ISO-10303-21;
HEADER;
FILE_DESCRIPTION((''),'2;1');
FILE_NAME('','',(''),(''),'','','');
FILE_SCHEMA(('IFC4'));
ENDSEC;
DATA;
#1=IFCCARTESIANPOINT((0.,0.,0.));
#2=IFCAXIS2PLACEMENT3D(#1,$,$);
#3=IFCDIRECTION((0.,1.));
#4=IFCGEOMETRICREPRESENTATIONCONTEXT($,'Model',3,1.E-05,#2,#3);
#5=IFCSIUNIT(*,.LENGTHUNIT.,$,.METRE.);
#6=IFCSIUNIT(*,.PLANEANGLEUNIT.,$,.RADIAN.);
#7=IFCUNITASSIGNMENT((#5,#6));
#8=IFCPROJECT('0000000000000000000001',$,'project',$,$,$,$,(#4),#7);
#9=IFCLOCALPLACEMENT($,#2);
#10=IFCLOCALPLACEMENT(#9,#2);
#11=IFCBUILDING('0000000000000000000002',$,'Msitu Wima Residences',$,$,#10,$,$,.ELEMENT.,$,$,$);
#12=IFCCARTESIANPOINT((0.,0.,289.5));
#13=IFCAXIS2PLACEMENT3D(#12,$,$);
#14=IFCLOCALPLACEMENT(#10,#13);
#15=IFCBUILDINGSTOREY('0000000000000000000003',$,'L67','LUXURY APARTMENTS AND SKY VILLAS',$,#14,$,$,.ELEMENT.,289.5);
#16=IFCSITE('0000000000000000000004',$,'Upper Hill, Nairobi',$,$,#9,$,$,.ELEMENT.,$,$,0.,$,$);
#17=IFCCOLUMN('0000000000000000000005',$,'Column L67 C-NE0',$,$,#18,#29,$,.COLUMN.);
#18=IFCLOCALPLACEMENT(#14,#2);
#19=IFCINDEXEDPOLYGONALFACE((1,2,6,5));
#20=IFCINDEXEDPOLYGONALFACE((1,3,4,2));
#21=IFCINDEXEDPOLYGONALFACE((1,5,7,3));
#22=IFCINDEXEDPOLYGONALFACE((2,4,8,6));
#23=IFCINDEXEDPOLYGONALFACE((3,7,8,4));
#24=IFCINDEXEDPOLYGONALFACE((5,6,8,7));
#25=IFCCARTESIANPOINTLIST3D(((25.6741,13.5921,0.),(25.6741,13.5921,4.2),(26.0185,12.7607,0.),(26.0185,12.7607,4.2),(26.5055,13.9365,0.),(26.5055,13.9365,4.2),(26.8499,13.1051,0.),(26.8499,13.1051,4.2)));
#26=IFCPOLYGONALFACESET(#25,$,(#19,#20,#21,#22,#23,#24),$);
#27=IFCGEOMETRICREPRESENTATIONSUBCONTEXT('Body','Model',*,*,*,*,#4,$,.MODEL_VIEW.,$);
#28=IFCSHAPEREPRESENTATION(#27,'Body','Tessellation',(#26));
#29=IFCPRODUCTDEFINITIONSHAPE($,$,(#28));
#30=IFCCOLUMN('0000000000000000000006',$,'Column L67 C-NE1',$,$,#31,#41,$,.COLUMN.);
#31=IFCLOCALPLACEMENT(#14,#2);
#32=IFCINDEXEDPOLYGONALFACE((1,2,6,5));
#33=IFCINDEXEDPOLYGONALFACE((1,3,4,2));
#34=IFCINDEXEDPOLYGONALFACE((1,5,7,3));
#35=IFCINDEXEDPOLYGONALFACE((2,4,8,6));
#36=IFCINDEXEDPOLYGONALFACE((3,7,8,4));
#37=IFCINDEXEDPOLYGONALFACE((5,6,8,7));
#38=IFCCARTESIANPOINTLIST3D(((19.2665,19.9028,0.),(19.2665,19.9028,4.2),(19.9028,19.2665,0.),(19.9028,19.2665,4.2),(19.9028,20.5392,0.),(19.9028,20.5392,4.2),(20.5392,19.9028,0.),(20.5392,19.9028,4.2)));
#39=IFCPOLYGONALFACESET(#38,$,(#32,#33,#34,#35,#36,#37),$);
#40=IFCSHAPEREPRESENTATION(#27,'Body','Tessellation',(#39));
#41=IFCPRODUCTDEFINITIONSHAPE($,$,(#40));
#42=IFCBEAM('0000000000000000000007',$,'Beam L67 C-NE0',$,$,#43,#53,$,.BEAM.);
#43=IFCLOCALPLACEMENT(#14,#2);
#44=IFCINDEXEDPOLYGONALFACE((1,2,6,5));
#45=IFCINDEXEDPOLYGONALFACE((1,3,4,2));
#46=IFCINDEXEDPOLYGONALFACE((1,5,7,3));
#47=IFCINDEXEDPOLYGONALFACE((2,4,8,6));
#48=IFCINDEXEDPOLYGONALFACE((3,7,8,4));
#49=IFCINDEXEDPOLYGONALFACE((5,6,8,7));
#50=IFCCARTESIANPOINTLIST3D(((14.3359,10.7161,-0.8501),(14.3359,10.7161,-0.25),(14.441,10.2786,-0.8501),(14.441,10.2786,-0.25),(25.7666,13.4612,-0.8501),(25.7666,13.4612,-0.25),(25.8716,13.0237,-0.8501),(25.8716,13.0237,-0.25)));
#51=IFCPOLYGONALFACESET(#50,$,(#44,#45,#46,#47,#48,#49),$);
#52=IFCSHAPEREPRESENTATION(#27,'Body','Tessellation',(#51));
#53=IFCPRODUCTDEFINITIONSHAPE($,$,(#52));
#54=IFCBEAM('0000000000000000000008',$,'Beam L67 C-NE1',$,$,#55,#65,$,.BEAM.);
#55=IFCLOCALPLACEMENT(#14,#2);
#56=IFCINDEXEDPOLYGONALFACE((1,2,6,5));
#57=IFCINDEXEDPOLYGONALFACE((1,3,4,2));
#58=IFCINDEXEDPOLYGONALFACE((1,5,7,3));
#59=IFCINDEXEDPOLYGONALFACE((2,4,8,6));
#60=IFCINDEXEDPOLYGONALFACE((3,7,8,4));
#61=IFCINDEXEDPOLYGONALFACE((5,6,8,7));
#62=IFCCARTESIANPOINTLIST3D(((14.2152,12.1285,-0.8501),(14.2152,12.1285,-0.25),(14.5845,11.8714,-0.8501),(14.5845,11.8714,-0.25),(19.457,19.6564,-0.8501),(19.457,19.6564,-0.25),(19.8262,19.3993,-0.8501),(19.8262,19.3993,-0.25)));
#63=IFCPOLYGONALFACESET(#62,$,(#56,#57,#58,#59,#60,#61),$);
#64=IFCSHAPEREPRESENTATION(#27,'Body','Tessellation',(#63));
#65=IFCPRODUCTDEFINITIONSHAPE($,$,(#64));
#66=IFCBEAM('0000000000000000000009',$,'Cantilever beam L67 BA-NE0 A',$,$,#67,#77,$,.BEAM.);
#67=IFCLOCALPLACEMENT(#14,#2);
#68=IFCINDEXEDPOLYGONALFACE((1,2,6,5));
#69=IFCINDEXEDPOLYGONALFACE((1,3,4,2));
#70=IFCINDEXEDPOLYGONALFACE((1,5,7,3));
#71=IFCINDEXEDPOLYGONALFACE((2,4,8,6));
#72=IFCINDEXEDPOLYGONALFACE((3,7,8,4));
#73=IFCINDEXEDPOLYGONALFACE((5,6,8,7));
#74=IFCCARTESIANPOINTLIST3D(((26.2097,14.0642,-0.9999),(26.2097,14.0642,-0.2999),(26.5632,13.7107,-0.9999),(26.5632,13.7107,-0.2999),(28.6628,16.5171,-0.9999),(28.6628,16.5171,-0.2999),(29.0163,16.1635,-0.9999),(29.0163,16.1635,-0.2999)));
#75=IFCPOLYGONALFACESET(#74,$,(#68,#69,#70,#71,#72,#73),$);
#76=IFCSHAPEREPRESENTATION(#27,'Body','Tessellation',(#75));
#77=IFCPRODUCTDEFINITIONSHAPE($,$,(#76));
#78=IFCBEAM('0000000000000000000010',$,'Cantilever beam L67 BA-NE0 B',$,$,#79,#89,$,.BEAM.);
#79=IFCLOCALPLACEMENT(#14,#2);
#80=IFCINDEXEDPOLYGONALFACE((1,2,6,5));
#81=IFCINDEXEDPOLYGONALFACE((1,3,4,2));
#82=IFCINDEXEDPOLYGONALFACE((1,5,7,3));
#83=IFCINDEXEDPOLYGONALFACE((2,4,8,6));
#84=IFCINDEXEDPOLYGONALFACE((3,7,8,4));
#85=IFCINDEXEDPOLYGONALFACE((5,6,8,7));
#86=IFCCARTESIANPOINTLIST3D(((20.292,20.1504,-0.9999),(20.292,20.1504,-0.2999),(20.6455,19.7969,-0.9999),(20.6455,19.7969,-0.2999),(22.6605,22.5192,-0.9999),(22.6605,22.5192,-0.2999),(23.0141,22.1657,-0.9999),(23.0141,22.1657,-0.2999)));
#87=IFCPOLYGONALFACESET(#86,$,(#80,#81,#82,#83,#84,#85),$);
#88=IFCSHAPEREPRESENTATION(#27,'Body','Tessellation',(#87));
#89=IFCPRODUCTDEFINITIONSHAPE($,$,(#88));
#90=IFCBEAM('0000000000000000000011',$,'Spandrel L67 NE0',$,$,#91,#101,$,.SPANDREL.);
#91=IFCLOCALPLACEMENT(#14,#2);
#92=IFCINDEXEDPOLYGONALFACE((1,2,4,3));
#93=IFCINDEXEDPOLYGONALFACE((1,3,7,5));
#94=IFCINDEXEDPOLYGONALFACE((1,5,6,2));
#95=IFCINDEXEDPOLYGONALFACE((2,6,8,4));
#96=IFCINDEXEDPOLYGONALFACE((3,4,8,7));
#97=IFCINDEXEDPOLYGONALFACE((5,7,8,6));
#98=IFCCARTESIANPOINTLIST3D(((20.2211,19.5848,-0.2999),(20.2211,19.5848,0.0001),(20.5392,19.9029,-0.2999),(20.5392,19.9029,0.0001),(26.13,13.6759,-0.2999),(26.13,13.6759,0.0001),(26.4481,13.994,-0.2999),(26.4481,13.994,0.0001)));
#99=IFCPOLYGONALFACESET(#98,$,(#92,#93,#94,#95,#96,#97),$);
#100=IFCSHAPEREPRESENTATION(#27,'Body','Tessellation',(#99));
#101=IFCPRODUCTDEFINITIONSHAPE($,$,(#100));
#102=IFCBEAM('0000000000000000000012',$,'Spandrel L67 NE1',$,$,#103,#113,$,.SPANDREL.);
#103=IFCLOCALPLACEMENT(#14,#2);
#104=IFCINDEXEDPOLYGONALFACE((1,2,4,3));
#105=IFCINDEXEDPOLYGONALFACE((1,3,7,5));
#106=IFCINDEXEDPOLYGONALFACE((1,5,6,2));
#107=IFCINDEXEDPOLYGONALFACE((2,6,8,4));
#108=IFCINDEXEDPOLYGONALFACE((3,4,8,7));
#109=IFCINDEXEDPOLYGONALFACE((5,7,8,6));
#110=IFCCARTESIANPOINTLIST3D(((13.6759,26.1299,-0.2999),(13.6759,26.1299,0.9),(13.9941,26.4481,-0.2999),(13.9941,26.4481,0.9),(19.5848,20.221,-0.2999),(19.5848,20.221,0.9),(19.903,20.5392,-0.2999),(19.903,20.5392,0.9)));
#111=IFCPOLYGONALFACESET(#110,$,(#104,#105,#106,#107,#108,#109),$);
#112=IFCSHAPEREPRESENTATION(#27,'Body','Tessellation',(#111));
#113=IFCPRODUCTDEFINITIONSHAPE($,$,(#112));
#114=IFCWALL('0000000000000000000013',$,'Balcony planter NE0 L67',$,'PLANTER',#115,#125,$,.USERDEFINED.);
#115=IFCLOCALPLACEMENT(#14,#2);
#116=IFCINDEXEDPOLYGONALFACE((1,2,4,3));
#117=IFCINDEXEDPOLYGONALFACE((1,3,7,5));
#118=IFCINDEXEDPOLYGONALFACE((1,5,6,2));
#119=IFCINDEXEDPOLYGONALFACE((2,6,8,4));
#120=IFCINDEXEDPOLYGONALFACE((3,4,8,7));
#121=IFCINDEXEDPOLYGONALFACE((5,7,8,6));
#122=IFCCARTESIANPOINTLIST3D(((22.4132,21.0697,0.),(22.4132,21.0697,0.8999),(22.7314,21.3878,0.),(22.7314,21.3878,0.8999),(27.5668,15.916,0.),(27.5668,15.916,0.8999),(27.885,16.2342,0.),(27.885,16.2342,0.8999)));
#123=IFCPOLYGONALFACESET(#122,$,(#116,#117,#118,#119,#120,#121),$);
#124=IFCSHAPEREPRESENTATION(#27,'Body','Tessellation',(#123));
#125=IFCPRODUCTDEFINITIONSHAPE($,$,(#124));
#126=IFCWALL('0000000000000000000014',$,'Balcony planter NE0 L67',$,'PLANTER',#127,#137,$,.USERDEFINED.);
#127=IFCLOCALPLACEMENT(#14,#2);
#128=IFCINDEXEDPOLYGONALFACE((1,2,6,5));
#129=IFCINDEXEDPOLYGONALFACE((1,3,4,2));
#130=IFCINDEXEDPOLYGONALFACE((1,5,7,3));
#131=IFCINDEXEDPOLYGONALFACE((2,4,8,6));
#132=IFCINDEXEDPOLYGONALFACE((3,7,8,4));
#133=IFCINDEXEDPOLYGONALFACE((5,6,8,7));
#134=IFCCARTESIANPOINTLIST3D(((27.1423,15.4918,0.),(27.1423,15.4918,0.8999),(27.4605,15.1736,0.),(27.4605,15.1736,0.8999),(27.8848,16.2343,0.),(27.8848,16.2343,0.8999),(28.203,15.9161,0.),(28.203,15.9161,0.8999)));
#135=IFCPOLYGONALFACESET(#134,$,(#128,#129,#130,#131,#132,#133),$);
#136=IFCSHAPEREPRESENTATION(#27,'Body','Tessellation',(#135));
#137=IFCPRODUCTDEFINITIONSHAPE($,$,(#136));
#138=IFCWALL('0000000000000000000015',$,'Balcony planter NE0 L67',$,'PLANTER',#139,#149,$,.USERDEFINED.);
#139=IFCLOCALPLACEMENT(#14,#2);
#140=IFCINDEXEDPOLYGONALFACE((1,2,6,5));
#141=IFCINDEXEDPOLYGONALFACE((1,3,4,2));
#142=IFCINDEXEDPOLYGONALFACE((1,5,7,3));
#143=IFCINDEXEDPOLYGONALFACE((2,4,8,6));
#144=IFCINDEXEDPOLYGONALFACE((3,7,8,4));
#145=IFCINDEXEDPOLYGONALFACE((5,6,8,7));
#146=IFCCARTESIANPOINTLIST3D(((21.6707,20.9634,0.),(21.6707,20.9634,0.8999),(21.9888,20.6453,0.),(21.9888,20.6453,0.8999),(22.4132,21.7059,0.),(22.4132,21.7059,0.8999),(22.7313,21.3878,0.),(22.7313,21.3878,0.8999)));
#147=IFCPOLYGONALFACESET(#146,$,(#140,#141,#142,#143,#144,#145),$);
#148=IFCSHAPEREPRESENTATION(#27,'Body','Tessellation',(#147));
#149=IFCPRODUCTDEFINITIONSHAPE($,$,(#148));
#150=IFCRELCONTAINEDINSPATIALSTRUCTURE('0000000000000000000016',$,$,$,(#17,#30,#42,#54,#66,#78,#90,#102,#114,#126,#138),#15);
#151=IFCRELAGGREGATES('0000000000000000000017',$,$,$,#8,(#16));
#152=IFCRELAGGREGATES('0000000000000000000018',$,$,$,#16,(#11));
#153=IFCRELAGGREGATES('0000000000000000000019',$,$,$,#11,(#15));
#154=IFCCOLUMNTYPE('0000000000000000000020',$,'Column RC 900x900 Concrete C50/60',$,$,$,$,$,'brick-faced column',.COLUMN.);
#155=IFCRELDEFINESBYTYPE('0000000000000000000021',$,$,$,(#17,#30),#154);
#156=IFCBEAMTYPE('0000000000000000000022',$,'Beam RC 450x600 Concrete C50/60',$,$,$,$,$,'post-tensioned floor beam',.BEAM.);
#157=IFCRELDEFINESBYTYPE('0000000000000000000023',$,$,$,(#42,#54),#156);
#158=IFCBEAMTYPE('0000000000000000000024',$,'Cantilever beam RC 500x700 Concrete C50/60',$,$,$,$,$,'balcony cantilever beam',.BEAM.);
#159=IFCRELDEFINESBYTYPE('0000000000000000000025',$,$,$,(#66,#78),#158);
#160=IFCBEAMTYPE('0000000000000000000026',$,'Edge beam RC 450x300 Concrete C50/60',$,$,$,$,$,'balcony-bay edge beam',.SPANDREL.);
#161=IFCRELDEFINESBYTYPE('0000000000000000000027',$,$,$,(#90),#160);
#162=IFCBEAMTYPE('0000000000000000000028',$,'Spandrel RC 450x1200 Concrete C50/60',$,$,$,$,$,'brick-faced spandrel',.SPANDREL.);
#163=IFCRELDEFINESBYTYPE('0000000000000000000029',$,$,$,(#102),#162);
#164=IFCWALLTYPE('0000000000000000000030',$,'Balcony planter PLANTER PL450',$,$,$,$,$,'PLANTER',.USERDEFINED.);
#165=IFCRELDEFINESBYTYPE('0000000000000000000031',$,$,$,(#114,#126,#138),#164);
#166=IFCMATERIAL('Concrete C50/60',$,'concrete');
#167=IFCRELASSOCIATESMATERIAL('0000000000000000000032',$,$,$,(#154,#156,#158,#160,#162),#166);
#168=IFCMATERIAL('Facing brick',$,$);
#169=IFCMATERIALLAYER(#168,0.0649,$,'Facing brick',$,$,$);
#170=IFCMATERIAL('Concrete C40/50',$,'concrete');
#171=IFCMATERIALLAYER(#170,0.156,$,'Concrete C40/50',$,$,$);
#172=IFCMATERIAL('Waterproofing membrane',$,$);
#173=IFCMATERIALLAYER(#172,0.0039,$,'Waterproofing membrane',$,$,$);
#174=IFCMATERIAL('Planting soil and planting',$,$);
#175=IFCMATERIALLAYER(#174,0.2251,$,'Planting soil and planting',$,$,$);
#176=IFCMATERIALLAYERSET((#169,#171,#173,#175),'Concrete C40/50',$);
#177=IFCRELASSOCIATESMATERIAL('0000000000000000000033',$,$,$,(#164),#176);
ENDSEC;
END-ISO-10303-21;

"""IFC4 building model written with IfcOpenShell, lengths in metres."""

from ifc_helpers import new_model, si_unit, direction, frame, frame_2d, origin, origin_2d, place, context, subcontext, project, spatial, rectangle, extrude, material, layer, layer_set, material_profile, profile_set, type_object, element, save


model = new_model("IFC4")

# Units and contexts
model_context = context("Model", 3, precision=1e-05, world=origin(), true_north=direction((0.0, 1.0)))
body_context = subcontext(model_context, "Body", "Model", "MODEL_VIEW")
ifc_project = project(units=[si_unit("LENGTHUNIT", "METRE"), si_unit("PLANEANGLEUNIT", "RADIAN")], contexts=[model_context])

# Site, building, storey
site_placement = place(None, origin())
site = spatial("IfcSite", under=ifc_project, at=site_placement, Name="Upper Hill, Nairobi", CompositionType="ELEMENT", RefElevation=0.0)
building_placement = place(site_placement, origin())
building = spatial("IfcBuilding", under=site, at=building_placement, Name="Msitu Wima Residences", CompositionType="ELEMENT")
storey_placement = place(building_placement, frame((0.0, 0.0, 289.5)))
storey = spatial("IfcBuildingStorey", under=building, at=storey_placement, Name="L67", Description="LUXURY APARTMENTS AND SKY VILLAS", CompositionType="ELEMENT", Elevation=289.5)

# Columns
ifc_material_1 = material(Name="Concrete C50/60", Category="concrete")
ifc_material_profile_1 = material_profile(ifc_material_1, rectangle(XDim=0.8999, YDim=0.8999, at=origin_2d()), Name="RC 900x900")
ifc_profile_set_1 = profile_set([ifc_material_profile_1], Name="Concrete C50/60")
column_type = type_object("IfcColumnType", Name="Column RC 900x900 Concrete C50/60", ElementType="brick-faced column", PredefinedType="COLUMN", material=ifc_profile_set_1)
for number, where, z_axis, x_axis, name in (
    (1, (26.262, 13.3486, 0.0), (0.0, 0.0, 1.0), (-0.382683, 0.92388, 0.0), "Column L67 C-NE0"),
    (2, (19.9028, 19.9028, 0.0), (0.0, 0.0, 1.0), (-0.707107, 0.707107, 0.0), "Column L67 C-NE1"),
):
    element("IfcColumn", number, at=place(storey_placement, frame(where, z_axis=z_axis, x_axis=x_axis)), inside=storey, type_object=column_type, Name=name, PredefinedType="COLUMN", context=body_context, shape_type="SweptSolid", body=[
        extrude(rectangle(XDim=0.8999, YDim=0.8999, at=origin_2d()), origin(), (0.0, 0.0, 1.0), 4.2),
    ])

# Beams
ifc_material_profile_2 = material_profile(ifc_material_1, rectangle(XDim=0.45, YDim=0.6001, at=origin_2d()), Name="RC 450x600")
ifc_profile_set_2 = profile_set([ifc_material_profile_2], Name="Concrete C50/60")
beam_type_1 = type_object("IfcBeamType", Name="Beam RC 450x600 Concrete C50/60", ElementType="post-tensioned floor beam", PredefinedType="BEAM", material=ifc_profile_set_2)
beam_1_placement = place(storey_placement, frame((25.8191, 13.2424, -0.55), z_axis=(-0.972353, -0.233514, 0.0), x_axis=(0.233514, -0.972353, 0.0)))
element("IfcBeam", 3, at=beam_1_placement, inside=storey, type_object=beam_type_1, Name="Beam L67 C-NE0", PredefinedType="BEAM", context=body_context, shape_type="SweptSolid", body=[
    extrude(rectangle(XDim=0.45, YDim=0.6001, at=origin_2d()), origin(), (0.0, 0.0, 1.0), 11.7556),
])
beam_2_placement = place(storey_placement, frame((19.6416, 19.5278, -0.55), z_axis=(-0.571428, -0.820652, 0.0), x_axis=(0.820652, -0.571428, 0.0)))
element("IfcBeam", 4, at=beam_2_placement, inside=storey, type_object=beam_type_1, Name="Beam L67 C-NE1", PredefinedType="BEAM", context=body_context, shape_type="SweptSolid", body=[
    extrude(rectangle(XDim=0.45, YDim=0.6001, at=origin_2d()), origin(), (0.0, 0.0, 1.0), 9.1731),
])
ifc_material_profile_3 = material_profile(ifc_material_1, rectangle(XDim=0.5, YDim=0.7, at=origin_2d()), Name="RC 500x700")
ifc_profile_set_3 = profile_set([ifc_material_profile_3], Name="Concrete C50/60")
beam_type_2 = type_object("IfcBeamType", Name="Cantilever beam RC 500x700 Concrete C50/60", ElementType="balcony cantilever beam", PredefinedType="BEAM", material=ifc_profile_set_3)
beam_3_placement = place(storey_placement, frame((26.3865, 13.8875, -0.6499), z_axis=(0.707142, 0.707072, 0.0), x_axis=(-0.707072, 0.707142, 0.0)))
element("IfcBeam", 5, at=beam_3_placement, inside=storey, type_object=beam_type_2, Name="Cantilever beam L67 BA-NE0 A", PredefinedType="BEAM", context=body_context, shape_type="SweptSolid", body=[
    extrude(rectangle(XDim=0.5, YDim=0.7, at=origin_2d()), origin(), (0.0, 0.0, 1.0), 3.469),
])
beam_4_placement = place(storey_placement, frame((20.4688, 19.9736, -0.6499), z_axis=(0.70707, 0.707143, 0.0), x_axis=(-0.707143, 0.70707, 0.0)))
element("IfcBeam", 6, at=beam_4_placement, inside=storey, type_object=beam_type_2, Name="Cantilever beam L67 BA-NE0 B", PredefinedType="BEAM", context=body_context, shape_type="SweptSolid", body=[
    extrude(rectangle(XDim=0.5, YDim=0.7, at=origin_2d()), origin(), (0.0, 0.0, 1.0), 3.3499),
])
ifc_material_profile_4 = material_profile(ifc_material_1, rectangle(XDim=0.45, YDim=0.3, at=origin_2d()), Name="RC 450x300")
ifc_profile_set_4 = profile_set([ifc_material_profile_4], Name="Concrete C50/60")
beam_type_3 = type_object("IfcBeamType", Name="Edge beam RC 450x300 Concrete C50/60", ElementType="balcony-bay edge beam", PredefinedType="SPANDREL", material=ifc_profile_set_4)
beam_5_placement = place(storey_placement, frame((26.2891, 13.835, -0.1499), z_axis=(-0.707107, 0.707107, 0.0), x_axis=(-0.707107, -0.707107, 0.0)))
element("IfcBeam", 7, at=beam_5_placement, inside=storey, type_object=beam_type_3, Name="Spandrel L67 NE0", PredefinedType="SPANDREL", context=body_context, shape_type="SweptSolid", body=[
    extrude(rectangle(XDim=0.45, YDim=0.3, at=origin_2d()), origin(), (0.0, 0.0, 1.0), 8.3564),
])
ifc_material_profile_5 = material_profile(ifc_material_1, rectangle(XDim=0.45, YDim=1.2, at=origin_2d()), Name="RC 450x1200")
ifc_profile_set_5 = profile_set([ifc_material_profile_5], Name="Concrete C50/60")
beam_type_4 = type_object("IfcBeamType", Name="Spandrel RC 450x1200 Concrete C50/60", ElementType="brick-faced spandrel", PredefinedType="SPANDREL", material=ifc_profile_set_5)
beam_6_placement = place(storey_placement, frame((19.7439, 20.3801, 0.3), z_axis=(-0.707107, 0.707107, 0.0), x_axis=(-0.707107, -0.707107, 0.0)))
element("IfcBeam", 8, at=beam_6_placement, inside=storey, type_object=beam_type_4, Name="Spandrel L67 NE1", PredefinedType="SPANDREL", context=body_context, shape_type="SweptSolid", body=[
    extrude(rectangle(XDim=0.45, YDim=1.2, at=origin_2d()), origin(), (0.0, 0.0, 1.0), 8.3564),
])

# Walls
ifc_material_2 = material(Name="Facing brick")
ifc_layer_1 = layer(ifc_material_2, 0.0649, Name="Facing brick")
ifc_material_3 = material(Name="Concrete C40/50", Category="concrete")
ifc_layer_2 = layer(ifc_material_3, 0.156, Name="Concrete C40/50")
ifc_material_4 = material(Name="Waterproofing membrane")
ifc_layer_3 = layer(ifc_material_4, 0.0039, Name="Waterproofing membrane")
ifc_material_5 = material(Name="Planting soil and planting")
ifc_layer_4 = layer(ifc_material_5, 0.2251, Name="Planting soil and planting")
ifc_layer_set_1 = layer_set([ifc_layer_1, ifc_layer_2, ifc_layer_3, ifc_layer_4], Name="Concrete C40/50")
wall_type_1 = type_object("IfcWallType", Name="Balcony planter PLANTER PL450", ElementType="PLANTER", PredefinedType="USERDEFINED", material=ifc_layer_set_1)
wall_1_placement = place(storey_placement, frame((27.7258, 16.0752, 0.0), z_axis=(0.0, 0.0, 1.0), x_axis=(-0.707107, 0.707107, 0.0)))
element("IfcWall", 9, at=wall_1_placement, inside=storey, type_object=wall_type_1, Name="Balcony planter NE0 L67", ObjectType="PLANTER", PredefinedType="USERDEFINED", context=body_context, shape_type="SweptSolid", body=[
    extrude(rectangle(XDim=7.2883, YDim=0.45, at=frame_2d((3.644, 0.0))), origin(), (0.0, 0.0, 1.0), 0.8999),
])
for number, where, z_axis, x_axis, name in (
    (10, (27.3015, 15.3328, 0.0), (0.0, 0.0, 1.0), (0.707107, 0.707107, 0.0), "Balcony planter NE0 L67"),
    (11, (21.8298, 20.8044, 0.0), (0.0, 0.0, 1.0), (0.707107, 0.707107, 0.0), "Balcony planter NE0 L67"),
):
    element("IfcWall", number, at=place(storey_placement, frame(where, z_axis=z_axis, x_axis=x_axis)), inside=storey, type_object=wall_type_1, Name=name, ObjectType="PLANTER", PredefinedType="USERDEFINED", context=body_context, shape_type="SweptSolid", body=[
        extrude(rectangle(XDim=1.05, YDim=0.45, at=frame_2d((0.5249, 0.0))), origin(), (0.0, 0.0, 1.0), 0.8999),
    ])

save(model, "model.ifc")
